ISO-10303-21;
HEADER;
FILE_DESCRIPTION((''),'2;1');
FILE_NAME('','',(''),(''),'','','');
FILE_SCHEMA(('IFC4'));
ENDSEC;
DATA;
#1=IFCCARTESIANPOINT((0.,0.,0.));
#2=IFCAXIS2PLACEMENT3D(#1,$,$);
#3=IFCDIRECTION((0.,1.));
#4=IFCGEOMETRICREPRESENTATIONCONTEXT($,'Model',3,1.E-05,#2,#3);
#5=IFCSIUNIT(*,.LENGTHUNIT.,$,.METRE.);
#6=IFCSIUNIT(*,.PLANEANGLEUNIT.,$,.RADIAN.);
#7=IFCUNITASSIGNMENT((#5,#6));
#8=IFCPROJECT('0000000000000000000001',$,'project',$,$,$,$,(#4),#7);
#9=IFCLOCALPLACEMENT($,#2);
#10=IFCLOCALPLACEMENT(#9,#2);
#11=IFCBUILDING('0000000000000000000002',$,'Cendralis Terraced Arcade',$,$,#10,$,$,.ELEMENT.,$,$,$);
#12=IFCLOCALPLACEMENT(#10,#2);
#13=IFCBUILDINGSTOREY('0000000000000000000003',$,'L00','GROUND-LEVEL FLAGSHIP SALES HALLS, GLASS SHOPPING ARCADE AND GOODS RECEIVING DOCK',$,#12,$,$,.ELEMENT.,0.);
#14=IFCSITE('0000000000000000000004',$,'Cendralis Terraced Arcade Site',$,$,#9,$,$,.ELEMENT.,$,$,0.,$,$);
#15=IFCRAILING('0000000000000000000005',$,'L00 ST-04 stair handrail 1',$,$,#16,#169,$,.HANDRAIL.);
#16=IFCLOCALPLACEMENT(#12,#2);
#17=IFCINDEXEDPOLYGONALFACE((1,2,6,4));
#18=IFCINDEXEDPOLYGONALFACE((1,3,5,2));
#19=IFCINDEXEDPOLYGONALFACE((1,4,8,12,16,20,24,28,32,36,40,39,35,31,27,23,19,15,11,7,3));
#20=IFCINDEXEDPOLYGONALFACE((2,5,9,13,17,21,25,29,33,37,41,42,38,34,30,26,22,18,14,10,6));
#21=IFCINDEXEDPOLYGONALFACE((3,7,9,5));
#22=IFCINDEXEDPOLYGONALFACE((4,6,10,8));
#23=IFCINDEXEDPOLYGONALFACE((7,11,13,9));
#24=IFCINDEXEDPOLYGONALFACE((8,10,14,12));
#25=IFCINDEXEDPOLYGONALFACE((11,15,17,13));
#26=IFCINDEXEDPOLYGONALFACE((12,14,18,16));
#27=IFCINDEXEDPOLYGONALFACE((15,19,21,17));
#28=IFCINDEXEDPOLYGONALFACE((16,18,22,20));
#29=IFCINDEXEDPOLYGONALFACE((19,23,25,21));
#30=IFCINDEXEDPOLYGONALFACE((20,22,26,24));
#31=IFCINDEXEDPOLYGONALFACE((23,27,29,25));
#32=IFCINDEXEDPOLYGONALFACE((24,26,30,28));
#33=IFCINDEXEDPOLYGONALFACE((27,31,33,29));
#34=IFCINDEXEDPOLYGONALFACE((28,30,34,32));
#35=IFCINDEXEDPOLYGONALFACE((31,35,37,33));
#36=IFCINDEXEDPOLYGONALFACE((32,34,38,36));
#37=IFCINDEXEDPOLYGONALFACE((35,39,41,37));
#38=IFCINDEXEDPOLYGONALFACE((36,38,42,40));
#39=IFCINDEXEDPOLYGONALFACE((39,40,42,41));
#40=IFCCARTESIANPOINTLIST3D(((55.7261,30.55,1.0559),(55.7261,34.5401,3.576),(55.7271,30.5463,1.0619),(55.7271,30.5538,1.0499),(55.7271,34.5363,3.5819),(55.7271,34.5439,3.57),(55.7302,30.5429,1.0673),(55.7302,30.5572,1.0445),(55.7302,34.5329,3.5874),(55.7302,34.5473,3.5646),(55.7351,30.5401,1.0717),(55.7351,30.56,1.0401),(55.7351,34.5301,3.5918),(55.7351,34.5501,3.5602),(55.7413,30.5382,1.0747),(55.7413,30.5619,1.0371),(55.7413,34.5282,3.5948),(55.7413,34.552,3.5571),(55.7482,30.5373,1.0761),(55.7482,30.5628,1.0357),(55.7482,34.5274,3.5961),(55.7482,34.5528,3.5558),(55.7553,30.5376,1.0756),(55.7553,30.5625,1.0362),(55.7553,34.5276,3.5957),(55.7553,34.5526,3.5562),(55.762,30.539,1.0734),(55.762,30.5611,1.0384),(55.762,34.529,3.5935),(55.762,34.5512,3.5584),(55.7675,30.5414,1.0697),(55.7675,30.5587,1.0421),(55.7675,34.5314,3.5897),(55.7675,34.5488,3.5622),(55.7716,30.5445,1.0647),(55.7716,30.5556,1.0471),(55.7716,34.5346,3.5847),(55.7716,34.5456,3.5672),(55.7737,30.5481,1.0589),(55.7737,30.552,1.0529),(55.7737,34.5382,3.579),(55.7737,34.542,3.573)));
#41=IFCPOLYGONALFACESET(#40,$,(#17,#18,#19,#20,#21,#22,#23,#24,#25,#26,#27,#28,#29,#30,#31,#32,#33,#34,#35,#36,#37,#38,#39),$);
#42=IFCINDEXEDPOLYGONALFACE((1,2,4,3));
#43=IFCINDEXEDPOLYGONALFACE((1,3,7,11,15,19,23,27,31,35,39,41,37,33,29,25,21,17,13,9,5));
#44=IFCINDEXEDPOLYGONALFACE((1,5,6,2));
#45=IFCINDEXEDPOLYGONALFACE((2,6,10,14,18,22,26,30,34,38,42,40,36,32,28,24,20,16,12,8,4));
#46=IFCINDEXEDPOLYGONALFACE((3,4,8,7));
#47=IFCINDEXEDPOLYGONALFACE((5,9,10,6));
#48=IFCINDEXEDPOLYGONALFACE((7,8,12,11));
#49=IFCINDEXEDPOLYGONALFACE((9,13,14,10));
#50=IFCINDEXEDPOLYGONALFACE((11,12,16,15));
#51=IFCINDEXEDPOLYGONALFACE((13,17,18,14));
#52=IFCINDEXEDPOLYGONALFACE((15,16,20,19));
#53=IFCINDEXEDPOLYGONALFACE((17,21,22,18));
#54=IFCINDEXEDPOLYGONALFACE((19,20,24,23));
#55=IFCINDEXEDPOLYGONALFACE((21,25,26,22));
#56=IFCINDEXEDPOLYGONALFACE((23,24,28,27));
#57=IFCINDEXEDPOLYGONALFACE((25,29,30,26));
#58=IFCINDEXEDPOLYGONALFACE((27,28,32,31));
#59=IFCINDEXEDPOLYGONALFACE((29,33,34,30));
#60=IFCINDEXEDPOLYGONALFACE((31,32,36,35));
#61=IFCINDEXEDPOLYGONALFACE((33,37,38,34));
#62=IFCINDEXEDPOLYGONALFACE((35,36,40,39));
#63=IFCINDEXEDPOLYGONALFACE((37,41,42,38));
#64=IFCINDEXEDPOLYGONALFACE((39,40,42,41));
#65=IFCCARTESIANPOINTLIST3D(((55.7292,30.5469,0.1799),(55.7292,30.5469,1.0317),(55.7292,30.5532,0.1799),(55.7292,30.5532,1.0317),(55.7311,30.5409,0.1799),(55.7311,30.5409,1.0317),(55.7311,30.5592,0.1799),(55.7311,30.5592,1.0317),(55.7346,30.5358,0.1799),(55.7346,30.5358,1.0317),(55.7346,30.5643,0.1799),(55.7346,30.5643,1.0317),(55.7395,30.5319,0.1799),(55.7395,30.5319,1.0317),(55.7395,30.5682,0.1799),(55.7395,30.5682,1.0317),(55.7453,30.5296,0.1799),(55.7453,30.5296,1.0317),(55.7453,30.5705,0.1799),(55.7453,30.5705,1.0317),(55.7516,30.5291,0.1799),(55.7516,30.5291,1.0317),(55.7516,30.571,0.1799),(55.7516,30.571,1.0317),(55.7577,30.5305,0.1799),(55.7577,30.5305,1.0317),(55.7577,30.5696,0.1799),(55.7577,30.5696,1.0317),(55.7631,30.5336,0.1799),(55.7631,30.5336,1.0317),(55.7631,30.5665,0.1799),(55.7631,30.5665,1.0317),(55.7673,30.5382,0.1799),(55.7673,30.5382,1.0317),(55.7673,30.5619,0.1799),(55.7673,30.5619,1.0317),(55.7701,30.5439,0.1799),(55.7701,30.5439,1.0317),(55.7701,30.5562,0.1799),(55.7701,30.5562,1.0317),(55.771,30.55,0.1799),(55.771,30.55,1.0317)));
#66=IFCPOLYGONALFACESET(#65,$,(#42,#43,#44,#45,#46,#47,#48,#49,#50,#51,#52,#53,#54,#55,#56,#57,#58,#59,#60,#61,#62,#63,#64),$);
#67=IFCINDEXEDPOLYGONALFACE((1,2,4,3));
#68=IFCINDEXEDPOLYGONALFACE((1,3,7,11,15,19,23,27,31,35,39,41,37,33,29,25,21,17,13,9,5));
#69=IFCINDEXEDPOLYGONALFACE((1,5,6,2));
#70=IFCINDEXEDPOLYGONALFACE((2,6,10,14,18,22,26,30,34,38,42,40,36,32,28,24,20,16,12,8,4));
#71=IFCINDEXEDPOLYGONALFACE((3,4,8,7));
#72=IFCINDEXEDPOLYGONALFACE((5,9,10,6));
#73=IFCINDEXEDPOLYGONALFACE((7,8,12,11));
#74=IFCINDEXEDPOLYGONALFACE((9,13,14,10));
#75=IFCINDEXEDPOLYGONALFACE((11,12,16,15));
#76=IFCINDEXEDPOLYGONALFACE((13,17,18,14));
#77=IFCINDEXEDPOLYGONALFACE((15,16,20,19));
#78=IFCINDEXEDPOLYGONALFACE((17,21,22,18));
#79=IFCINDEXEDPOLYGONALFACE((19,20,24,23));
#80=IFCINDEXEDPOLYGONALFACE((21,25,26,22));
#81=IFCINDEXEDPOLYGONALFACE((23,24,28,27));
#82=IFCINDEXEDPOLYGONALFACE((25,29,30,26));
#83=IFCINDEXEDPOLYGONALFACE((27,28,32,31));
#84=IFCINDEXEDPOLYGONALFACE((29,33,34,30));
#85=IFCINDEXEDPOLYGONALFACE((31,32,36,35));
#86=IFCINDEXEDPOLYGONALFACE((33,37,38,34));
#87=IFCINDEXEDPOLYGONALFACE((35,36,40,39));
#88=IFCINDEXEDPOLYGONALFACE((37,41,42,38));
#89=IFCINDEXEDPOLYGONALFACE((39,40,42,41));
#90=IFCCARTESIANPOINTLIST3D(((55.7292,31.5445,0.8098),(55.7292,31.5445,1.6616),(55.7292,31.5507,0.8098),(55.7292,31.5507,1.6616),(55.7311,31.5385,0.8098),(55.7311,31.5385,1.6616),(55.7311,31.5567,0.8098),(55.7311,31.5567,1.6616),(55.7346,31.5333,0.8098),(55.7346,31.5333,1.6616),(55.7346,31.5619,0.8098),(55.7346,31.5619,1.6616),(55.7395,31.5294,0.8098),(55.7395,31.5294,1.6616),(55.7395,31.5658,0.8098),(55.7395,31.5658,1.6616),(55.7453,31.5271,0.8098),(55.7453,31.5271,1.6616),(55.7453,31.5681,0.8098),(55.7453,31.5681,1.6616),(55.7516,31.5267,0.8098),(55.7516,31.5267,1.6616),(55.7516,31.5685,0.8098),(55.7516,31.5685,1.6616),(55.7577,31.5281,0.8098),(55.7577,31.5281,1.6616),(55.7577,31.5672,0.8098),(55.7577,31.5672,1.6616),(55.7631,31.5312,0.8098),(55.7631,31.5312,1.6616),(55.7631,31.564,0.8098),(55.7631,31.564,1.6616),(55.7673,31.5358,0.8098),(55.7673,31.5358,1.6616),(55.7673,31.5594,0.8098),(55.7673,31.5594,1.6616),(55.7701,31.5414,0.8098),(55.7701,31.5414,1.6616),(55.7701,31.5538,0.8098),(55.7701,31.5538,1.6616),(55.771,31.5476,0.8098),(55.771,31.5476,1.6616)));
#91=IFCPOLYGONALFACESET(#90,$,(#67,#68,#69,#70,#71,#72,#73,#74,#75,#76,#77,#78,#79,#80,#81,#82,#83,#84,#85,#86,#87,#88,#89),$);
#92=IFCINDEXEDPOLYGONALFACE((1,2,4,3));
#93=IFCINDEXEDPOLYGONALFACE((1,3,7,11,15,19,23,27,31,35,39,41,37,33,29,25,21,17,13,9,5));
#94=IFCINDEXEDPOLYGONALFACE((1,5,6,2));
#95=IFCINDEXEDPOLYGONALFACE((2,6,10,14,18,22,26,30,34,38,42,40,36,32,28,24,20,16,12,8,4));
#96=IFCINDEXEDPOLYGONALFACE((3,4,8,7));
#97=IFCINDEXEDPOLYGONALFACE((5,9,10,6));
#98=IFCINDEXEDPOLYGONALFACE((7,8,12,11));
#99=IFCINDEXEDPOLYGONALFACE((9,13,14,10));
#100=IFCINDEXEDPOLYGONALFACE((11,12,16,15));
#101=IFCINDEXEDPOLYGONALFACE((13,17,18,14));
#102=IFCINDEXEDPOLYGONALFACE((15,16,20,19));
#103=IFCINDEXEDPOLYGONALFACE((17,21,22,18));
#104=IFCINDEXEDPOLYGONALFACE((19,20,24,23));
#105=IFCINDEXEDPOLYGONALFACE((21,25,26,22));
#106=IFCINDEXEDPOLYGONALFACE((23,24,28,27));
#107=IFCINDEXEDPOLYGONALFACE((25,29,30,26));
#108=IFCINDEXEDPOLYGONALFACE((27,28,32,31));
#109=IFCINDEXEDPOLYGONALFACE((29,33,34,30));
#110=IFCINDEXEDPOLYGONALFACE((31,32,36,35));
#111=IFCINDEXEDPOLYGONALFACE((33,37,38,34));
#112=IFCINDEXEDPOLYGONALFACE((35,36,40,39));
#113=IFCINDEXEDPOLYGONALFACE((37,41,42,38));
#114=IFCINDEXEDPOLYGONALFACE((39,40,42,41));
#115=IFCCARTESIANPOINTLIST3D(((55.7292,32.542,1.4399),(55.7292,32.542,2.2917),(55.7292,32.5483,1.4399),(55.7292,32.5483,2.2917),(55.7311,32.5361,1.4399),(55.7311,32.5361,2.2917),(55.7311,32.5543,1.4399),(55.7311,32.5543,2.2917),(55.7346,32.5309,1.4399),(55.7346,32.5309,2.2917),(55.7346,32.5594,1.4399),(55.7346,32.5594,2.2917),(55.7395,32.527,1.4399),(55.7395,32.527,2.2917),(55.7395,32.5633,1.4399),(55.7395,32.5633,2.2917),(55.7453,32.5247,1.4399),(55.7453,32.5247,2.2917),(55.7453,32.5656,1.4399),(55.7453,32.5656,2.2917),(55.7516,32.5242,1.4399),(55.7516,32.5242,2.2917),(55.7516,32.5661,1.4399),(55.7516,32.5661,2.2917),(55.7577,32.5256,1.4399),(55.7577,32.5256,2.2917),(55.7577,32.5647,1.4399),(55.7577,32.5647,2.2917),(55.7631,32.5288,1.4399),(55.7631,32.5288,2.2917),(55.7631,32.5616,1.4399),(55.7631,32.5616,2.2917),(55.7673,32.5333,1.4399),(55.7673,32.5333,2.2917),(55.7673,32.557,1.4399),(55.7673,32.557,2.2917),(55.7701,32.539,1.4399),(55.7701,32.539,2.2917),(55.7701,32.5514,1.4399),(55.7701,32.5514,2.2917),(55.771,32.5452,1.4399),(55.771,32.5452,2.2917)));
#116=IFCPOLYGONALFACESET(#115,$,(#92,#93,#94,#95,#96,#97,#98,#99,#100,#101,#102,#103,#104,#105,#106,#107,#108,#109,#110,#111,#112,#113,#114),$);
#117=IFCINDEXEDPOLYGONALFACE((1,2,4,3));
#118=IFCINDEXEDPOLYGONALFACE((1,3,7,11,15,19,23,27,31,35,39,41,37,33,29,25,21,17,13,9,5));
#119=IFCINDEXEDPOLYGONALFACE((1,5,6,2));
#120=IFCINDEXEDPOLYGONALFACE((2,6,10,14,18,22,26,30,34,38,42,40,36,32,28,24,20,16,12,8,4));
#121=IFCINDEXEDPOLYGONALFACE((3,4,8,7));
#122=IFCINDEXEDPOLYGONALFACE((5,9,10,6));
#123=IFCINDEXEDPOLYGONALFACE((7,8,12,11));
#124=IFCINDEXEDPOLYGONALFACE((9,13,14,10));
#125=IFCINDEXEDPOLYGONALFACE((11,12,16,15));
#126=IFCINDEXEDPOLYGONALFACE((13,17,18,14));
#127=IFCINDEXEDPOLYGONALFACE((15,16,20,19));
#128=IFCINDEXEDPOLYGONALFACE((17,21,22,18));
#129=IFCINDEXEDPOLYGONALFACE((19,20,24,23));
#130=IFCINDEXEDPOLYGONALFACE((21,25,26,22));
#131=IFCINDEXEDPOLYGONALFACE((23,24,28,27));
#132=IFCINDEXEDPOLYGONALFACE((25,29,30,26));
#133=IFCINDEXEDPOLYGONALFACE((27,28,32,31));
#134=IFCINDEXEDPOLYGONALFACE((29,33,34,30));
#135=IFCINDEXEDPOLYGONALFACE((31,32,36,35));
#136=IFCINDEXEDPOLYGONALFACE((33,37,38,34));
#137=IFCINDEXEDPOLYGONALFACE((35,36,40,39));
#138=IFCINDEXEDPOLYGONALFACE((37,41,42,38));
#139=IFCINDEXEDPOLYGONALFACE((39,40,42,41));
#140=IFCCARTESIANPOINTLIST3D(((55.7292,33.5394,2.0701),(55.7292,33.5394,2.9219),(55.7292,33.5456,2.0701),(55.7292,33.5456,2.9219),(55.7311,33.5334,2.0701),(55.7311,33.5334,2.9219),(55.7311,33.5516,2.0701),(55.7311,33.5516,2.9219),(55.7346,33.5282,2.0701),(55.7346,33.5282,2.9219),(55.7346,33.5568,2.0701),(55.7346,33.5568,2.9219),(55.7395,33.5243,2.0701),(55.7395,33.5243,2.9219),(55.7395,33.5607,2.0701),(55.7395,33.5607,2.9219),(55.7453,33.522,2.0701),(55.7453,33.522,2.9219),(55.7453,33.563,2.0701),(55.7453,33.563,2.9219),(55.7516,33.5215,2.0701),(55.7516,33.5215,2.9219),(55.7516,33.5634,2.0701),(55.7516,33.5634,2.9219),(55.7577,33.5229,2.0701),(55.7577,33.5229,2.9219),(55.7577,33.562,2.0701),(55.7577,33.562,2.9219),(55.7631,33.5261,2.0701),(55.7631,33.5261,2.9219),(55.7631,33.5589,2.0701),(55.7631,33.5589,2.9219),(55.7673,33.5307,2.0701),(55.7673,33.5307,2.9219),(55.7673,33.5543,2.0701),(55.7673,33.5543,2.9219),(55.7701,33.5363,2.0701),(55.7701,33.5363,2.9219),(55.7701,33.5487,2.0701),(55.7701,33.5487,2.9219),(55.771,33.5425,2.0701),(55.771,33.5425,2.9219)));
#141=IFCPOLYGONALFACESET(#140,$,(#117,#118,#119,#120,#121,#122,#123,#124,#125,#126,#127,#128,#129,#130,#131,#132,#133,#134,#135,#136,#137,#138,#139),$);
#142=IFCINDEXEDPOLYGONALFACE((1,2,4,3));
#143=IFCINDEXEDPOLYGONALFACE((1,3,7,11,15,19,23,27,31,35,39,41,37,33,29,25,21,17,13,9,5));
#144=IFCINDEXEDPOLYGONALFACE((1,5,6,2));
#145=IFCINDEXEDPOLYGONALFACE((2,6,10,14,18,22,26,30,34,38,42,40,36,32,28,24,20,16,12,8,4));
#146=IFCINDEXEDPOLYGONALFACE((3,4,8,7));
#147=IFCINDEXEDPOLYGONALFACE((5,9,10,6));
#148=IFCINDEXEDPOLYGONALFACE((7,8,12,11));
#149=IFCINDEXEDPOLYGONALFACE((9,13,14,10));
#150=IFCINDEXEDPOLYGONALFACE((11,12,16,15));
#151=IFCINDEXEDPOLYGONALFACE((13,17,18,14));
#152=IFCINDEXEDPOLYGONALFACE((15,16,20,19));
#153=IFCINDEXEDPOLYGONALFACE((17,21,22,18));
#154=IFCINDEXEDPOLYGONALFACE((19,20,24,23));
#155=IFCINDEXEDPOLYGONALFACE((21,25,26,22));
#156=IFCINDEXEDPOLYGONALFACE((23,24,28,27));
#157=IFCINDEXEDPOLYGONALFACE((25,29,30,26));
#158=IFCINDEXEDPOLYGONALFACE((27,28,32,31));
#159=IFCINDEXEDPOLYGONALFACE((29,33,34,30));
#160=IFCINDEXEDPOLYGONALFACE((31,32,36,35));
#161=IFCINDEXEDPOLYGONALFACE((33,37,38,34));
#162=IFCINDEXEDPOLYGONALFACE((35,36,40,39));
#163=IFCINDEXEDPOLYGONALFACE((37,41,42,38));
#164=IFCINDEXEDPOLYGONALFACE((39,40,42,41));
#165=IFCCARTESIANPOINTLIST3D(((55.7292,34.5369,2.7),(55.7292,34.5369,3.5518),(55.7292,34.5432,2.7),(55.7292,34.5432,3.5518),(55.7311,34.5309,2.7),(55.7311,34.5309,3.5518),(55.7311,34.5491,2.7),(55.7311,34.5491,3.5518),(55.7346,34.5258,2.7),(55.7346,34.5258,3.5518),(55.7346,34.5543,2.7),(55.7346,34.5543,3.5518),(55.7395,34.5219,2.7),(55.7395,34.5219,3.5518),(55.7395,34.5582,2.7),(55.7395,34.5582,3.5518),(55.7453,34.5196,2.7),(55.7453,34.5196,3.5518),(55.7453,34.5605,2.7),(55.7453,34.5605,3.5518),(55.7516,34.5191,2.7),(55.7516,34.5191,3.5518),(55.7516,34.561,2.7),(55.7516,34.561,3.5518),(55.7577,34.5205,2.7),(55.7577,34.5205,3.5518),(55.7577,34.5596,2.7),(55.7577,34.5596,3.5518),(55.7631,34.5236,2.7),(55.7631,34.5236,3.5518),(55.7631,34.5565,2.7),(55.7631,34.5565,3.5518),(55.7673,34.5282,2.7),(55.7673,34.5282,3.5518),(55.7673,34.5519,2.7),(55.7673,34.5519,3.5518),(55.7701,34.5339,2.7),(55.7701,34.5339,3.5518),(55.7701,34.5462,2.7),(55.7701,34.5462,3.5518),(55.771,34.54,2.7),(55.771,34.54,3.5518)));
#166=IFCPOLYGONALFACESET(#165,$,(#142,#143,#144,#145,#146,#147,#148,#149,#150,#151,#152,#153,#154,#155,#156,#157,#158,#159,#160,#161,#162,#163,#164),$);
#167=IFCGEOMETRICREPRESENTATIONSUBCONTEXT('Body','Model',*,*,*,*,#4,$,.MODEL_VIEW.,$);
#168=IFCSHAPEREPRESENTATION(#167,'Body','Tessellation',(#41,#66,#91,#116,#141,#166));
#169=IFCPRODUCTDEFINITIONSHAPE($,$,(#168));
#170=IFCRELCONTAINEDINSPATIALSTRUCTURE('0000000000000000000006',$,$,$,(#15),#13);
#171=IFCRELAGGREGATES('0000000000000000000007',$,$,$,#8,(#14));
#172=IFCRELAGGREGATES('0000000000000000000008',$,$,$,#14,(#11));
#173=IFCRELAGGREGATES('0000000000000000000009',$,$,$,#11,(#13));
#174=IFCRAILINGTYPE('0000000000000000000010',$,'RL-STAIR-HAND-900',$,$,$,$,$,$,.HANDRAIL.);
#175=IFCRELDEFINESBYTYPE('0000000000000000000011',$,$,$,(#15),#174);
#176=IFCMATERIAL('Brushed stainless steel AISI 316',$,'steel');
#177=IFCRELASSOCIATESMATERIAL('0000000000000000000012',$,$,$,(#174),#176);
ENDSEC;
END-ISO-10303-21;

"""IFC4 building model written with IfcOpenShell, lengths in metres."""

from ifc_helpers import new_model, si_unit, direction, frame, origin, origin_2d, place, context, subcontext, project, spatial, circle, extrude, material, type_object, element, save


model = new_model("IFC4")

# Units and contexts
model_context = context("Model", 3, precision=1e-05, world=origin(), true_north=direction((0.0, 1.0)))
body_context = subcontext(model_context, "Body", "Model", "MODEL_VIEW")
ifc_project = project(units=[si_unit("LENGTHUNIT", "METRE"), si_unit("PLANEANGLEUNIT", "RADIAN")], contexts=[model_context])

# Site, building, storey
site_placement = place(None, origin())
site = spatial("IfcSite", under=ifc_project, at=site_placement, Name="Cendralis Terraced Arcade Site", CompositionType="ELEMENT", RefElevation=0.0)
building_placement = place(site_placement, origin())
building = spatial("IfcBuilding", under=site, at=building_placement, Name="Cendralis Terraced Arcade", CompositionType="ELEMENT")
storey_placement = place(building_placement, origin())
storey = spatial("IfcBuildingStorey", under=building, at=storey_placement, Name="L00", Description="GROUND-LEVEL FLAGSHIP SALES HALLS, GLASS SHOPPING ARCADE AND GOODS RECEIVING DOCK", CompositionType="ELEMENT", Elevation=0.0)

# Railing
ifc_material_1 = material(Name="Brushed stainless steel AISI 316", Category="steel")
railing_type_1 = type_object("IfcRailingType", Name="RL-STAIR-HAND-900", PredefinedType="HANDRAIL", material=ifc_material_1)
railing_1_placement = place(storey_placement, frame((55.75, 30.55, 0.1799)))
element("IfcRailing", 1, at=railing_1_placement, inside=storey, type_object=railing_type_1, Name="L00 ST-04 stair handrail 1", PredefinedType="HANDRAIL", context=body_context, shape_type="SweptSolid", body=[
    extrude(circle(Radius=0.0239, at=origin_2d()), frame((0.0, 0.0, 0.876), z_axis=(0.0, 0.845486, 0.533997), x_axis=(-1.0, 0.0, 0.0)), (0.0, 0.0, 1.0), 4.7192),
    extrude(circle(Radius=0.021, at=origin_2d()), origin(), (0.0, 0.0, 1.0), 0.8518),
    extrude(circle(Radius=0.021, at=origin_2d()), frame((0.0, 0.9976, 0.6299)), (0.0, 0.0, 1.0), 0.8518),
    extrude(circle(Radius=0.021, at=origin_2d()), frame((0.0, 1.9951, 1.26)), (0.0, 0.0, 1.0), 0.8518),
    extrude(circle(Radius=0.021, at=origin_2d()), frame((0.0, 2.9924, 1.8901)), (0.0, 0.0, 1.0), 0.8518),
    extrude(circle(Radius=0.021, at=origin_2d()), frame((0.0, 3.99, 2.52)), (0.0, 0.0, 1.0), 0.8518),
])

save(model, "model.ifc")
